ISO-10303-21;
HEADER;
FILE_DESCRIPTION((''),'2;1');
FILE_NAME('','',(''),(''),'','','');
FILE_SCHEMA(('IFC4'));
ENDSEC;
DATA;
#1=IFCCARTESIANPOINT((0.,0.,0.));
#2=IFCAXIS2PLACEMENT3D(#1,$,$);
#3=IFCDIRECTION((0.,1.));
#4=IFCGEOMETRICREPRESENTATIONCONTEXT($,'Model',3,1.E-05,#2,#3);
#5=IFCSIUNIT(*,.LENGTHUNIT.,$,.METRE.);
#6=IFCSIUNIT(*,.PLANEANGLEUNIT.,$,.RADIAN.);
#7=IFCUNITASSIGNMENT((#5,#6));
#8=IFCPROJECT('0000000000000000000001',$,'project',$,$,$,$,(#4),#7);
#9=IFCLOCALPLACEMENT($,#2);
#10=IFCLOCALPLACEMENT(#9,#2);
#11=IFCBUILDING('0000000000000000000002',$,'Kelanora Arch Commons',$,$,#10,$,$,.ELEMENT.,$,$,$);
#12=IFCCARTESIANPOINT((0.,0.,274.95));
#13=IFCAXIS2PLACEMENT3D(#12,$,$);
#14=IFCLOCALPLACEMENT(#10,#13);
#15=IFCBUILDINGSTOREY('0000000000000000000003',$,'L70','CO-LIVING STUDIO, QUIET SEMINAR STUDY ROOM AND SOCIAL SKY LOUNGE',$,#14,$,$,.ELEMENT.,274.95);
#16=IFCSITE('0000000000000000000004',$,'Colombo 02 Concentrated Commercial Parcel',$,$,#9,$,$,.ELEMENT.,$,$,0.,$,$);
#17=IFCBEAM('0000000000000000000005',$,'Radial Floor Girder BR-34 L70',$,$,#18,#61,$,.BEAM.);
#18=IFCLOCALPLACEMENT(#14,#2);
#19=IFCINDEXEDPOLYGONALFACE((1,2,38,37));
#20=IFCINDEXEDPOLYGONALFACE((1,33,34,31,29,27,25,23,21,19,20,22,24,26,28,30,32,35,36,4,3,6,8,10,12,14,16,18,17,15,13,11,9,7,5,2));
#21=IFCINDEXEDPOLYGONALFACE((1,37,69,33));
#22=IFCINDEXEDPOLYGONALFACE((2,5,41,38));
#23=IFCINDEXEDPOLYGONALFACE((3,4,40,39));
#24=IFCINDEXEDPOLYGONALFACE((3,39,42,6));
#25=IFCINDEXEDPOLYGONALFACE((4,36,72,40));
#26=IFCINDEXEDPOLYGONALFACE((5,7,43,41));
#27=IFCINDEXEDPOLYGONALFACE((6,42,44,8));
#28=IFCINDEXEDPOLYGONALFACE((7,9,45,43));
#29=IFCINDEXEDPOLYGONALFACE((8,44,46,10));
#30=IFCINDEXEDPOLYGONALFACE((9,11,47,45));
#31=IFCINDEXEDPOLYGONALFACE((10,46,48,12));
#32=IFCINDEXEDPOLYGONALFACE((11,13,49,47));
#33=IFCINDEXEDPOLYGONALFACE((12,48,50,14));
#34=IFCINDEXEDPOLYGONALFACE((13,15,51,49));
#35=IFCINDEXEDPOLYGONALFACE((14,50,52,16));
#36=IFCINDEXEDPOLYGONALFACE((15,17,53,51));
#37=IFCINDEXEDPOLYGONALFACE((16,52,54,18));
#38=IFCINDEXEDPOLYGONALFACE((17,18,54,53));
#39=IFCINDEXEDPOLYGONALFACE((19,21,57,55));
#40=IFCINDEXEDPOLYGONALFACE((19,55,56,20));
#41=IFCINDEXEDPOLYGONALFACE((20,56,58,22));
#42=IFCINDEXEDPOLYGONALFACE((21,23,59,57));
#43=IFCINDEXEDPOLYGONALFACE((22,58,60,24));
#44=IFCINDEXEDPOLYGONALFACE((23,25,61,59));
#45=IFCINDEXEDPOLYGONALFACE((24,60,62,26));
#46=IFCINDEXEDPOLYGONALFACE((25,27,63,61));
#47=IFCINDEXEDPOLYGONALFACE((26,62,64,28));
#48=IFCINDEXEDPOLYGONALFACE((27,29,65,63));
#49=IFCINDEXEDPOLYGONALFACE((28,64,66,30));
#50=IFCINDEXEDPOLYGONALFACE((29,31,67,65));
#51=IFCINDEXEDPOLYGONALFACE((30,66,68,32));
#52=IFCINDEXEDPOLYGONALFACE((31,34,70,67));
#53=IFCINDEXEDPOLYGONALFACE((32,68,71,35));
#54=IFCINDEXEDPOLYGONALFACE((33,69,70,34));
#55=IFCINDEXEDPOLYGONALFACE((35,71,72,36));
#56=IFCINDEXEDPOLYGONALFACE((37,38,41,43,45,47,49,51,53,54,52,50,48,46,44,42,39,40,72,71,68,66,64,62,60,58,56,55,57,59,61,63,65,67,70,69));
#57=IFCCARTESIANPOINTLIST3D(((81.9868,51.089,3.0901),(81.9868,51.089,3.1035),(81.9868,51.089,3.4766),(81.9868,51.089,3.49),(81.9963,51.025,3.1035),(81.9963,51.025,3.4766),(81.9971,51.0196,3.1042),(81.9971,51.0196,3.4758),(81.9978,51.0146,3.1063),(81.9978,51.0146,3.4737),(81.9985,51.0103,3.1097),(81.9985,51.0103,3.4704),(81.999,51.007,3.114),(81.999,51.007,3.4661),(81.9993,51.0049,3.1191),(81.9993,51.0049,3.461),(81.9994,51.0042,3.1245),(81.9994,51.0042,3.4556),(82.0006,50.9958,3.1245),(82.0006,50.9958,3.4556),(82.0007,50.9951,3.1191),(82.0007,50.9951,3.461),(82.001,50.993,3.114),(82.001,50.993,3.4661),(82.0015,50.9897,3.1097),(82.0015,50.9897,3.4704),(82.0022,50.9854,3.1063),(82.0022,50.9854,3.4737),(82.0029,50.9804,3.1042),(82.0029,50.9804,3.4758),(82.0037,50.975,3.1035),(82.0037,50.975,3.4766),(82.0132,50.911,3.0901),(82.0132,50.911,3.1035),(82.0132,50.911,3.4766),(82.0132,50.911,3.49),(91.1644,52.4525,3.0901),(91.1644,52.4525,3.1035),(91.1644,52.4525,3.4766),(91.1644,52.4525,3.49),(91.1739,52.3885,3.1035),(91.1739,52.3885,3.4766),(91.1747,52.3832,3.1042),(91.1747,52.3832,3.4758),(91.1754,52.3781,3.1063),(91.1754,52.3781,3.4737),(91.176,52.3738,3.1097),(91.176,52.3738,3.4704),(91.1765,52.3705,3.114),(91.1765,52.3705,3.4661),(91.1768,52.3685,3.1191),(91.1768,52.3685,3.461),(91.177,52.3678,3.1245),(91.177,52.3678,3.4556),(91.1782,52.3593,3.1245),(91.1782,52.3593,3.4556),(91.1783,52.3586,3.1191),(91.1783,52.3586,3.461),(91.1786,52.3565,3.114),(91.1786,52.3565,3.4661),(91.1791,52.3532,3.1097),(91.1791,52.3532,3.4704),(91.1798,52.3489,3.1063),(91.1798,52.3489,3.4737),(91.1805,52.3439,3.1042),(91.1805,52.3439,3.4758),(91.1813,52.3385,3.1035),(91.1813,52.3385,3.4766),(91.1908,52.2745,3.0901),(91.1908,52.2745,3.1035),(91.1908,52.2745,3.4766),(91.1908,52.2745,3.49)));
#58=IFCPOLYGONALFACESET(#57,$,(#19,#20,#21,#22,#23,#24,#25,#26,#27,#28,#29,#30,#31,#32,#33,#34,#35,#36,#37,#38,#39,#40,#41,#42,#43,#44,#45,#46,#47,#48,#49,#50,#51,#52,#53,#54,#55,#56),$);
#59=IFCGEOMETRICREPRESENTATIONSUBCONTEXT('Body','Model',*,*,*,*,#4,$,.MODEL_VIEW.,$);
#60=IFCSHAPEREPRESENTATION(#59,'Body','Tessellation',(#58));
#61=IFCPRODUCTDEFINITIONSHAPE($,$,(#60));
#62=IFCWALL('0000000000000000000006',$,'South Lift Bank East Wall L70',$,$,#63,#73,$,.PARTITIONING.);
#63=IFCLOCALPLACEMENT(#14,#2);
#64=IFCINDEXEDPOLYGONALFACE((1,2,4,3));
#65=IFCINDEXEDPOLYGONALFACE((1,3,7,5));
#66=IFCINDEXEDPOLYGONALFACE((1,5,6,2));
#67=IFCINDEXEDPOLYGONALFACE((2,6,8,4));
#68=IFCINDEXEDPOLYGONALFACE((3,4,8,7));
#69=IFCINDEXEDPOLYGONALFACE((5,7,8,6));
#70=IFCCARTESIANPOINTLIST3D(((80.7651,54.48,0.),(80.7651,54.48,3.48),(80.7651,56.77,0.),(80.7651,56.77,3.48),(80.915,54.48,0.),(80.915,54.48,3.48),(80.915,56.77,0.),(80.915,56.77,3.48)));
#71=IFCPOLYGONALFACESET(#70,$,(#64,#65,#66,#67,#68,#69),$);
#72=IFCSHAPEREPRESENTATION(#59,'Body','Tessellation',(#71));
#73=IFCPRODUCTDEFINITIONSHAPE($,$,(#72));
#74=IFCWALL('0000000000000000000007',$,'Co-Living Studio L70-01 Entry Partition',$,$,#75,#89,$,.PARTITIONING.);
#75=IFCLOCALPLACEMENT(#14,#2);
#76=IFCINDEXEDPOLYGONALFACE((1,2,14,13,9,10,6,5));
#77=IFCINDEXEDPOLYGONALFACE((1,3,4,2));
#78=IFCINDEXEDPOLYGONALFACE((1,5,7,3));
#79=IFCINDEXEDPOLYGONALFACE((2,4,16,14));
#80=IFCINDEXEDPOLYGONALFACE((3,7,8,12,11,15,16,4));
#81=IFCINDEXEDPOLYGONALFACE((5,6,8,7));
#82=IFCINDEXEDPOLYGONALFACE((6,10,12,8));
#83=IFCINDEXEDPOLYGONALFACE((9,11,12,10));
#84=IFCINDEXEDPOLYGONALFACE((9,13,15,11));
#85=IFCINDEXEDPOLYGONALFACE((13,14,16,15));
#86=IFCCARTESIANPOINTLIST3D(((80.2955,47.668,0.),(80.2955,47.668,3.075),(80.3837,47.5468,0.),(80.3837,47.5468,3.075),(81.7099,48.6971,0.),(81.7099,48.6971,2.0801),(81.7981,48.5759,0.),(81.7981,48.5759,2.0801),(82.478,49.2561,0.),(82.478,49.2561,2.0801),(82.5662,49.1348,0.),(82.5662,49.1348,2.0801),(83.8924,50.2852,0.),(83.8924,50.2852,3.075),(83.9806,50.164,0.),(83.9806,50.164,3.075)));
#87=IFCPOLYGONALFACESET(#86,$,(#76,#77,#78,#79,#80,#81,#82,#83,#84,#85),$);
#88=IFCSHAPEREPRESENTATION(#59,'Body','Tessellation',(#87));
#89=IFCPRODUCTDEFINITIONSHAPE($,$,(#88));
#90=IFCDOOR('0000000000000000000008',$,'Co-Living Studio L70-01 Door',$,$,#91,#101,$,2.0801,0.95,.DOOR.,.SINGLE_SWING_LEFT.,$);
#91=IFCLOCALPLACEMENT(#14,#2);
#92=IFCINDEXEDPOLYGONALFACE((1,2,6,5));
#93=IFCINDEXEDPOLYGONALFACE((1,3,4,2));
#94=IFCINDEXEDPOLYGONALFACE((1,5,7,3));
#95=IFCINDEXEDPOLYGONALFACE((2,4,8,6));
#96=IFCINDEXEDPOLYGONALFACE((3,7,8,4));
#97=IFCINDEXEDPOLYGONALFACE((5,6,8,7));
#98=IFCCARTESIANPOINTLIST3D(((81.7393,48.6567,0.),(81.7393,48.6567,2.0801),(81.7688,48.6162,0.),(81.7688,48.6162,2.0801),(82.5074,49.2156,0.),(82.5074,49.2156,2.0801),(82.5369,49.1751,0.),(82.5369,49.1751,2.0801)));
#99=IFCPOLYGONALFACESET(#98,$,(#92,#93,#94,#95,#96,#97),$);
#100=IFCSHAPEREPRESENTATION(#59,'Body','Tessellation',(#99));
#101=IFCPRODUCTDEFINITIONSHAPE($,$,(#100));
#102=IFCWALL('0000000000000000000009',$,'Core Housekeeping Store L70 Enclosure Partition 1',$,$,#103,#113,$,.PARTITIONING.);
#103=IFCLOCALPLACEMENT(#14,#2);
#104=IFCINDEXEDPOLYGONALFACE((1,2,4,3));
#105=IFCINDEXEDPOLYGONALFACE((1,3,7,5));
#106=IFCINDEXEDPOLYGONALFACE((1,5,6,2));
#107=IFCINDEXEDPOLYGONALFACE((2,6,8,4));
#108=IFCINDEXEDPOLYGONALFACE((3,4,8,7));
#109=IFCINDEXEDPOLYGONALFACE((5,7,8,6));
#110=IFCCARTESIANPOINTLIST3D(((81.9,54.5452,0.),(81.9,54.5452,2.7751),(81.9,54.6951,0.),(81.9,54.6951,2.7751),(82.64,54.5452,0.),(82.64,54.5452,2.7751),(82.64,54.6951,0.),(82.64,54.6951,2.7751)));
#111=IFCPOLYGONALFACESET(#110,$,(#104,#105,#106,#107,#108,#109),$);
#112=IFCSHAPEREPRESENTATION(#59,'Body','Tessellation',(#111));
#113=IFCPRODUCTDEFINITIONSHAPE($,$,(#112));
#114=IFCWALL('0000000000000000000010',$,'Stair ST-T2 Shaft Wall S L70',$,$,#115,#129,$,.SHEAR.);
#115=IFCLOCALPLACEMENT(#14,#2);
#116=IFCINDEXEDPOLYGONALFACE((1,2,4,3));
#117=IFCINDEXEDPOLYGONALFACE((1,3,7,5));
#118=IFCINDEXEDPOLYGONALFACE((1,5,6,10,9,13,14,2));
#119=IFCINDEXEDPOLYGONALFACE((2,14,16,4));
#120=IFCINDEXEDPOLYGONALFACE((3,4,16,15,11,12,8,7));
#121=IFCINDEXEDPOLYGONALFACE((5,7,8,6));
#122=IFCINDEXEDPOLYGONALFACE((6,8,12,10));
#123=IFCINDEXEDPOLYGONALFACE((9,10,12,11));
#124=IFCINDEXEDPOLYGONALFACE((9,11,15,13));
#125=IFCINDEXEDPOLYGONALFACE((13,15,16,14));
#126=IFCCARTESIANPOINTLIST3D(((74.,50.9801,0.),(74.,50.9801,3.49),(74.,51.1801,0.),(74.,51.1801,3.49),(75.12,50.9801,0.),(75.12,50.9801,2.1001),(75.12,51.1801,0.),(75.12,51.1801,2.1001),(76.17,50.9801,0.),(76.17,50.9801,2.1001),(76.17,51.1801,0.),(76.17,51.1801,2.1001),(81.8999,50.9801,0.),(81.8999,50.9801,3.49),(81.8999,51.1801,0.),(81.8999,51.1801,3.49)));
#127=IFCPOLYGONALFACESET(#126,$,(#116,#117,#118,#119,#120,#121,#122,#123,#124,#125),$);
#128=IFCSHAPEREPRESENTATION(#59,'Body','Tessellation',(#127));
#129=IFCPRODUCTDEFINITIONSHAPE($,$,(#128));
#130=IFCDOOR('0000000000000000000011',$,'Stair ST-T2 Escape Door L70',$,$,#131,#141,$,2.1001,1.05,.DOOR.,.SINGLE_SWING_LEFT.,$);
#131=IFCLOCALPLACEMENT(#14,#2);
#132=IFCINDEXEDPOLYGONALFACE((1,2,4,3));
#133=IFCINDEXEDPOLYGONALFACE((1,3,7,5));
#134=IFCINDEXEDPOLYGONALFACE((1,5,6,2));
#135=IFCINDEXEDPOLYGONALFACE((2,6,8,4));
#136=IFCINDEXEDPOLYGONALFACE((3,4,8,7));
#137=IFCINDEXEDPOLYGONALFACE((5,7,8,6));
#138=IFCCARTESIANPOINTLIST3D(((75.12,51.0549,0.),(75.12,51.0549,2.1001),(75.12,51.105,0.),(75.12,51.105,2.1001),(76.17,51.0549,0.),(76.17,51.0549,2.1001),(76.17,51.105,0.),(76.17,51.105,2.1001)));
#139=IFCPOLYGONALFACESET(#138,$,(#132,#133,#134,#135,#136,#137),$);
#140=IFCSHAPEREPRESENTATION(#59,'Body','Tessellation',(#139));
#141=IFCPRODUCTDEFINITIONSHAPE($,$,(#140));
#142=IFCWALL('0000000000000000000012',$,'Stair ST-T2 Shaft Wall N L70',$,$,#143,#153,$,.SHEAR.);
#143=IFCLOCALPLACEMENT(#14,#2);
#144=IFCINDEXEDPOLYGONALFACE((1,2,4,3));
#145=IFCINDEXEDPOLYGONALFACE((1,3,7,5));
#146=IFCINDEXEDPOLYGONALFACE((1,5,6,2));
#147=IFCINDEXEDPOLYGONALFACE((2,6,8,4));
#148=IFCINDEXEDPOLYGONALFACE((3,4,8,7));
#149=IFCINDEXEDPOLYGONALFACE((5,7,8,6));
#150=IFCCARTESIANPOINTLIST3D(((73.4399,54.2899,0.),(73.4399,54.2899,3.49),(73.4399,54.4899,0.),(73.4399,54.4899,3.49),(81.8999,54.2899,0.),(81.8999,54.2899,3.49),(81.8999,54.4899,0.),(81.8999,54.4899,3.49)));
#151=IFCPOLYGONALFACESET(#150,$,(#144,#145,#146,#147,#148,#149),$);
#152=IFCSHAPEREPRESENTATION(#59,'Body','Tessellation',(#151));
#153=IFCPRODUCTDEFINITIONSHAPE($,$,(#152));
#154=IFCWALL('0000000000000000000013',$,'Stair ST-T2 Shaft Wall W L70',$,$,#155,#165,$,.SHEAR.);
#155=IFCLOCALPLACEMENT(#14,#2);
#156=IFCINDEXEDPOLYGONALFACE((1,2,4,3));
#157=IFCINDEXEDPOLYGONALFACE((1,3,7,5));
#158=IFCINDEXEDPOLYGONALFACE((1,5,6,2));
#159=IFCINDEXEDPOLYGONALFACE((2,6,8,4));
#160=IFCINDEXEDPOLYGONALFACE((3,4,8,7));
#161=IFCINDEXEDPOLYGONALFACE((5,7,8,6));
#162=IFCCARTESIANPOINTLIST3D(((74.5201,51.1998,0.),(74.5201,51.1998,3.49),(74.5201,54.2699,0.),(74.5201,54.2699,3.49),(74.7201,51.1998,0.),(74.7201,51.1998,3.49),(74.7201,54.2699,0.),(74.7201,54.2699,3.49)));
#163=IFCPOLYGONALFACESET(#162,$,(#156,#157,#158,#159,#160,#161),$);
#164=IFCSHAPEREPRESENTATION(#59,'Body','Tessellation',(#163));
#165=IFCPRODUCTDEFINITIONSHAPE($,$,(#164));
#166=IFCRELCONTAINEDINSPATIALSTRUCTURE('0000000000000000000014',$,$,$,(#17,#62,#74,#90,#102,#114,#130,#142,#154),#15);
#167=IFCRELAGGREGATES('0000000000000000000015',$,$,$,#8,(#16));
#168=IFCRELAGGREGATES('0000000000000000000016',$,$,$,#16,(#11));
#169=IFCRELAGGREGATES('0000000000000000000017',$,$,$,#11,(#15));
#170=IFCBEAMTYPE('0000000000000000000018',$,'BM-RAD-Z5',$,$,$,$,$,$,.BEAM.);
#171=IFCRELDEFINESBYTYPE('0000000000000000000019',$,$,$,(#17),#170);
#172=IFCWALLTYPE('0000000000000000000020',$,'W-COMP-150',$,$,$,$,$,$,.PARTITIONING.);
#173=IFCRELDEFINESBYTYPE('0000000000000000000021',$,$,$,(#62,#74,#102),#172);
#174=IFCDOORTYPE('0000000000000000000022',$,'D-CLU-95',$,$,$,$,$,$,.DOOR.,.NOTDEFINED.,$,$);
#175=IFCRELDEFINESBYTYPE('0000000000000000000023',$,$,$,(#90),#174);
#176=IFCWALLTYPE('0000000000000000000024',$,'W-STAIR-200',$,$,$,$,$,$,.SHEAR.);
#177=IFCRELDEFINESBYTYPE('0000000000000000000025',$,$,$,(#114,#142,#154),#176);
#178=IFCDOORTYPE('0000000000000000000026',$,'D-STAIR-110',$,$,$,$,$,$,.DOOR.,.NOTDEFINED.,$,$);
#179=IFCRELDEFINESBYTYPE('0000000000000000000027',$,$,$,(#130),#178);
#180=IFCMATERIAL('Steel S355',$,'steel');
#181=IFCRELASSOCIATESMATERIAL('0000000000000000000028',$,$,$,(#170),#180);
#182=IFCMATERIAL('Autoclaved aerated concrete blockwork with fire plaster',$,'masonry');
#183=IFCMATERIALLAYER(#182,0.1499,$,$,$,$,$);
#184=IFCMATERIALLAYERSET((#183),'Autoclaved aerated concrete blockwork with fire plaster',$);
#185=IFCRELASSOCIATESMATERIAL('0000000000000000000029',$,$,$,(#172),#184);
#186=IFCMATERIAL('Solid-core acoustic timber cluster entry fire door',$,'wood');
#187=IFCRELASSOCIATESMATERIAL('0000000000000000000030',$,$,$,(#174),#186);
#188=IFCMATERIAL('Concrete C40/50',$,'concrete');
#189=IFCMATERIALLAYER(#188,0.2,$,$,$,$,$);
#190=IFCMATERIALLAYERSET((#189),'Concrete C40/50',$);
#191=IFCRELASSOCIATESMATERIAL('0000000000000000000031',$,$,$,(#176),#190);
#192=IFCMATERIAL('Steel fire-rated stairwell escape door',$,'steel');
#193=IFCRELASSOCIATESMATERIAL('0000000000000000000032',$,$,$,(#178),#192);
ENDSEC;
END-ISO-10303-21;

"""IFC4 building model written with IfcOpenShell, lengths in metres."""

from ifc_helpers import new_model, si_unit, direction, frame, frame_2d, origin, origin_2d, place, context, subcontext, project, spatial, rectangle, i_section, extrude, material, layer, layer_set, material_profile, profile_set, type_object, element, fill, save


model = new_model("IFC4")

# Units and contexts
model_context = context("Model", 3, precision=1e-05, world=origin(), true_north=direction((0.0, 1.0)))
body_context = subcontext(model_context, "Body", "Model", "MODEL_VIEW")
ifc_project = project(units=[si_unit("LENGTHUNIT", "METRE"), si_unit("PLANEANGLEUNIT", "RADIAN")], contexts=[model_context])

# Site, building, storey
site_placement = place(None, origin())
site = spatial("IfcSite", under=ifc_project, at=site_placement, Name="Colombo 02 Concentrated Commercial Parcel", CompositionType="ELEMENT", RefElevation=0.0)
building_placement = place(site_placement, origin())
building = spatial("IfcBuilding", under=site, at=building_placement, Name="Kelanora Arch Commons", CompositionType="ELEMENT")
storey_placement = place(building_placement, frame((0.0, 0.0, 274.95)))
storey = spatial("IfcBuildingStorey", under=building, at=storey_placement, Name="L70", Description="CO-LIVING STUDIO, QUIET SEMINAR STUDY ROOM AND SOCIAL SKY LOUNGE", CompositionType="ELEMENT", Elevation=274.95)

# Beam
ifc_material_1 = material(Name="Steel S355", Category="steel")
ifc_material_profile_1 = material_profile(ifc_material_1, i_section(OverallWidth=0.1799, OverallDepth=0.3999, WebThickness=0.0085, FlangeThickness=0.0134, FilletRadius=0.021, at=origin_2d()), Name="IPE400")
ifc_profile_set_1 = profile_set([ifc_material_profile_1], Name="Steel S355")
beam_type_1 = type_object("IfcBeamType", Name="BM-RAD-Z5", PredefinedType="BEAM", material=ifc_profile_set_1)
beam_1_placement = place(storey_placement, frame((82.0, 51.0, 3.29), z_axis=(0.989142, 0.14696, 0.0), x_axis=(-0.14696, 0.989142, 0.0)))
element("IfcBeam", 1, at=beam_1_placement, inside=storey, type_object=beam_type_1, Name="Radial Floor Girder BR-34 L70", PredefinedType="BEAM", context=body_context, shape_type="SweptSolid", body=[
    extrude(i_section(OverallWidth=0.1799, OverallDepth=0.3999, WebThickness=0.0085, FlangeThickness=0.0134, FilletRadius=0.021, at=origin_2d()), origin(), (0.0, 0.0, 1.0), 9.2783),
])

# Wall
ifc_material_2 = material(Name="Autoclaved aerated concrete blockwork with fire plaster", Category="masonry")
ifc_layer_1 = layer(ifc_material_2, 0.1499)
ifc_layer_set_1 = layer_set([ifc_layer_1], Name="Autoclaved aerated concrete blockwork with fire plaster")
wall_type_1 = type_object("IfcWallType", Name="W-COMP-150", PredefinedType="PARTITIONING", material=ifc_layer_set_1)
wall_1_placement = place(storey_placement, frame((80.8401, 54.48, 0.0), z_axis=(0.0, 0.0, 1.0), x_axis=(0.0, 1.0, 0.0)))
element("IfcWall", 2, at=wall_1_placement, inside=storey, type_object=wall_type_1, Name="South Lift Bank East Wall L70", PredefinedType="PARTITIONING", context=body_context, shape_type="SweptSolid", body=[
    extrude(rectangle(XDim=2.29, YDim=0.1499, at=frame_2d((1.145, 0.0))), origin(), (0.0, 0.0, 1.0), 3.48),
])

# Wall, opening, door
wall_2_placement = place(storey_placement, frame((80.3396, 47.6074, 0.0), z_axis=(0.0, 0.0, 1.0), x_axis=(0.808603, 0.588354, 0.0)))
wall_2 = element("IfcWall", 3, at=wall_2_placement, inside=storey, type_object=wall_type_1, Name="Co-Living Studio L70-01 Entry Partition", PredefinedType="PARTITIONING", context=body_context, shape_type="SweptSolid", body=[
    extrude(rectangle(XDim=4.4482, YDim=0.1499, at=frame_2d((2.2241, 0.0))), origin(), (0.0, 0.0, 1.0), 3.075),
])
opening_1_placement = place(wall_2_placement, frame((1.749, 0.0, 0.0)))
opening_1 = element("IfcOpeningElement", 4, at=opening_1_placement, cuts=wall_2, PredefinedType="OPENING", context=body_context, shape_type="SweptSolid", body=[
    extrude(rectangle(XDim=0.95, YDim=2.0801, at=frame_2d((0.4751, 1.04))), frame((0.0, 0.085, 0.0), z_axis=(0.0, -1.0, 0.0), x_axis=(1.0, 0.0, 0.0)), (0.0, 0.0, 1.0), 0.1699),
])
ifc_material_3 = material(Name="Solid-core acoustic timber cluster entry fire door", Category="wood")
door_type_1 = type_object("IfcDoorType", Name="D-CLU-95", OperationType="NOTDEFINED", PredefinedType="DOOR", material=ifc_material_3)
door_1_placement = place(opening_1_placement, origin())
door_1 = element("IfcDoor", 5, at=door_1_placement, inside=storey, type_object=door_type_1, Name="Co-Living Studio L70-01 Door", OperationType="SINGLE_SWING_LEFT", OverallHeight=2.0801, OverallWidth=0.95, PredefinedType="DOOR", context=body_context, shape_type="SweptSolid", body=[
    extrude(rectangle(XDim=0.95, YDim=2.0801, at=frame_2d((0.4751, 1.04))), frame((0.0, 0.0249, 0.0), z_axis=(0.0, -1.0, 0.0), x_axis=(1.0, 0.0, 0.0)), (0.0, 0.0, 1.0), 0.05),
])
fill(opening_1, door_1)

# Wall
wall_3_placement = place(storey_placement, frame((81.8999, 54.6201, 0.0), z_axis=(0.0, 0.0, 1.0), x_axis=(1.0, 0.0, 0.0)))
element("IfcWall", 6, at=wall_3_placement, inside=storey, type_object=wall_type_1, Name="Core Housekeeping Store L70 Enclosure Partition 1", PredefinedType="PARTITIONING", context=body_context, shape_type="SweptSolid", body=[
    extrude(rectangle(XDim=0.74, YDim=0.1499, at=frame_2d((0.3701, 0.0))), origin(), (0.0, 0.0, 1.0), 2.7751),
])

# Wall, opening, door
ifc_material_4 = material(Name="Concrete C40/50", Category="concrete")
ifc_layer_2 = layer(ifc_material_4, 0.2)
ifc_layer_set_2 = layer_set([ifc_layer_2], Name="Concrete C40/50")
wall_type_2 = type_object("IfcWallType", Name="W-STAIR-200", PredefinedType="SHEAR", material=ifc_layer_set_2)
wall_4_placement = place(storey_placement, frame((74.0, 51.0801, 0.0), z_axis=(0.0, 0.0, 1.0), x_axis=(1.0, 0.0, 0.0)))
wall_4 = element("IfcWall", 7, at=wall_4_placement, inside=storey, type_object=wall_type_2, Name="Stair ST-T2 Shaft Wall S L70", PredefinedType="SHEAR", context=body_context, shape_type="SweptSolid", body=[
    extrude(rectangle(XDim=7.8999, YDim=0.2, at=frame_2d((3.95, 0.0))), origin(), (0.0, 0.0, 1.0), 3.49),
])
opening_2_placement = place(wall_4_placement, frame((1.1201, 0.0, 0.0)))
opening_2 = element("IfcOpeningElement", 8, at=opening_2_placement, cuts=wall_4, PredefinedType="OPENING", context=body_context, shape_type="SweptSolid", body=[
    extrude(rectangle(XDim=1.05, YDim=2.1001, at=frame_2d((0.5249, 1.05))), frame((0.0, 0.1099, 0.0), z_axis=(0.0, -1.0, 0.0), x_axis=(1.0, 0.0, 0.0)), (0.0, 0.0, 1.0), 0.22),
])
ifc_material_5 = material(Name="Steel fire-rated stairwell escape door", Category="steel")
door_type_2 = type_object("IfcDoorType", Name="D-STAIR-110", OperationType="NOTDEFINED", PredefinedType="DOOR", material=ifc_material_5)
door_2_placement = place(opening_2_placement, origin())
door_2 = element("IfcDoor", 9, at=door_2_placement, inside=storey, type_object=door_type_2, Name="Stair ST-T2 Escape Door L70", OperationType="SINGLE_SWING_LEFT", OverallHeight=2.1001, OverallWidth=1.05, PredefinedType="DOOR", context=body_context, shape_type="SweptSolid", body=[
    extrude(rectangle(XDim=1.05, YDim=2.1001, at=frame_2d((0.5249, 1.05))), frame((0.0, 0.0249, 0.0), z_axis=(0.0, -1.0, 0.0), x_axis=(1.0, 0.0, 0.0)), (0.0, 0.0, 1.0), 0.05),
])
fill(opening_2, door_2)

# Walls
wall_5_placement = place(storey_placement, frame((81.8999, 54.3899, 0.0), z_axis=(0.0, 0.0, 1.0), x_axis=(-1.0, 0.0, 0.0)))
element("IfcWall", 10, at=wall_5_placement, inside=storey, type_object=wall_type_2, Name="Stair ST-T2 Shaft Wall N L70", PredefinedType="SHEAR", context=body_context, shape_type="SweptSolid", body=[
    extrude(rectangle(XDim=8.46, YDim=0.2, at=frame_2d((4.23, 0.0))), origin(), (0.0, 0.0, 1.0), 3.49),
])
wall_6_placement = place(storey_placement, frame((74.6201, 54.27, 0.0), z_axis=(0.0, 0.0, 1.0), x_axis=(0.0, -1.0, 0.0)))
element("IfcWall", 11, at=wall_6_placement, inside=storey, type_object=wall_type_2, Name="Stair ST-T2 Shaft Wall W L70", PredefinedType="SHEAR", context=body_context, shape_type="SweptSolid", body=[
    extrude(rectangle(XDim=3.0701, YDim=0.2, at=frame_2d((1.5352, 0.0))), origin(), (0.0, 0.0, 1.0), 3.49),
])

save(model, "model.ifc")
